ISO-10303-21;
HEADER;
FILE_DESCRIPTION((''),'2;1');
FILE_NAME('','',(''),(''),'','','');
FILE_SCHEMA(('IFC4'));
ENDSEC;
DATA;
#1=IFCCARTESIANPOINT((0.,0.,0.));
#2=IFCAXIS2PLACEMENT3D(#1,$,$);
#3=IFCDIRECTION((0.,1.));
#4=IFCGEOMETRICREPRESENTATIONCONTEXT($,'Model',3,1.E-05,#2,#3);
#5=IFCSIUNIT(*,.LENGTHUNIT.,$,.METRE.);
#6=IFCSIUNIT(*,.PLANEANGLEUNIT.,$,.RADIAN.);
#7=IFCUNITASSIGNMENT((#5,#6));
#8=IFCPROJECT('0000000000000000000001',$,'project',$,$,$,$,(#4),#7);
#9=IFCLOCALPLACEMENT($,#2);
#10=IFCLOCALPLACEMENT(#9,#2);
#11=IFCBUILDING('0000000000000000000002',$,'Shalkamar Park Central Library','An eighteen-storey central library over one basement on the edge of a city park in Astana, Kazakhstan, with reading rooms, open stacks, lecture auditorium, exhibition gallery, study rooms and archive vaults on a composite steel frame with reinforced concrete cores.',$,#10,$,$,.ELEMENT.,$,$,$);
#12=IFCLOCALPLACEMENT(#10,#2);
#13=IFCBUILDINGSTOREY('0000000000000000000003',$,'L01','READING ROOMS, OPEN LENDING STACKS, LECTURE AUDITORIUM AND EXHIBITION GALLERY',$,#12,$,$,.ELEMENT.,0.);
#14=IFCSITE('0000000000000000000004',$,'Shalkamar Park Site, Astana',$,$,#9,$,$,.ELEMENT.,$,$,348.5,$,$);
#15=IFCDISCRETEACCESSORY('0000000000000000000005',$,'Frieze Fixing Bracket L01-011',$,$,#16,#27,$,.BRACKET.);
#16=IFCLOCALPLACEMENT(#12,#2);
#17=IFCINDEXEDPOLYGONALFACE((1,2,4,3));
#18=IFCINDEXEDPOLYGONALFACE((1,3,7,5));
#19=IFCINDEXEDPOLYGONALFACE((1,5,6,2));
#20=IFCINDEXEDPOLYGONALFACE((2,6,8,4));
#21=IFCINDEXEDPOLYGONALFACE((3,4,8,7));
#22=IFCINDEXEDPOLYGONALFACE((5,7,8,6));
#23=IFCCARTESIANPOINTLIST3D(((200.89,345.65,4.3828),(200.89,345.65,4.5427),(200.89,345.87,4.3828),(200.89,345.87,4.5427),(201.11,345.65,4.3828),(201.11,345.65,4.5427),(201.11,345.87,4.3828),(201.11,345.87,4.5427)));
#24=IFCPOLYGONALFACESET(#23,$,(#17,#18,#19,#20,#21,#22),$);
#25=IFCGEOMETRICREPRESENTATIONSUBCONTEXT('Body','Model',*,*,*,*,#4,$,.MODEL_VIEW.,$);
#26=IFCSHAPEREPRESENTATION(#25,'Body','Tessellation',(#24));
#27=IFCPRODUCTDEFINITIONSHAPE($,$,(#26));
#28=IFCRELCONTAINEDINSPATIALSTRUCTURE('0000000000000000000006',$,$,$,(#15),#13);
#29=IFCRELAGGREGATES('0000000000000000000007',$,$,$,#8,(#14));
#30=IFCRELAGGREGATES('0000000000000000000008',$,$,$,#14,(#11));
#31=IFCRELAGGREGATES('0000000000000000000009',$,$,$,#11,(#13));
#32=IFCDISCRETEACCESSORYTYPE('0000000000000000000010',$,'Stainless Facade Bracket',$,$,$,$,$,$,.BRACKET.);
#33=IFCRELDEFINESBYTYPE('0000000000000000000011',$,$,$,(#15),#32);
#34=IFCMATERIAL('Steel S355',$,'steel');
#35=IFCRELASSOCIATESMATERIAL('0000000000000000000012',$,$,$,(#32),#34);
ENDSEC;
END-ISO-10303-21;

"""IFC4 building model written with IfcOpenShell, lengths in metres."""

from ifc_helpers import new_model, si_unit, direction, frame, origin, origin_2d, place, context, subcontext, project, spatial, rectangle, extrude, material, type_object, element, save


model = new_model("IFC4")

# Units and contexts
model_context = context("Model", 3, precision=1e-05, world=origin(), true_north=direction((0.0, 1.0)))
body_context = subcontext(model_context, "Body", "Model", "MODEL_VIEW")
ifc_project = project(units=[si_unit("LENGTHUNIT", "METRE"), si_unit("PLANEANGLEUNIT", "RADIAN")], contexts=[model_context])

# Site, building, storey
site_placement = place(None, origin())
site = spatial("IfcSite", under=ifc_project, at=site_placement, Name="Shalkamar Park Site, Astana", CompositionType="ELEMENT", RefElevation=348.5)
building_placement = place(site_placement, origin())
building = spatial("IfcBuilding", under=site, at=building_placement, Name="Shalkamar Park Central Library", Description="An eighteen-storey central library over one basement on the edge of a city park in Astana, Kazakhstan, with reading rooms, open stacks, lecture auditorium, exhibition gallery, study rooms and archive vaults on a composite steel frame with reinforced concrete cores.", CompositionType="ELEMENT")
storey_placement = place(building_placement, origin())
storey = spatial("IfcBuildingStorey", under=building, at=storey_placement, Name="L01", Description="READING ROOMS, OPEN LENDING STACKS, LECTURE AUDITORIUM AND EXHIBITION GALLERY", CompositionType="ELEMENT", Elevation=0.0)

# Shared definitions
ifc_material_1 = material(Name="Steel S355", Category="steel")

# Discrete accessory
discrete_accessory_type = type_object("IfcDiscreteAccessoryType", Name="Stainless Facade Bracket", PredefinedType="BRACKET", material=ifc_material_1)
discrete_accessory_placement = place(storey_placement, frame((201.0, 345.76, 4.3828), z_axis=(0.0, 0.0, 1.0), x_axis=(1.0, 0.0, 0.0)))
element("IfcDiscreteAccessory", 1, at=discrete_accessory_placement, inside=storey, type_object=discrete_accessory_type, Name="Frieze Fixing Bracket L01-011", PredefinedType="BRACKET", context=body_context, shape_type="SweptSolid", body=[
    extrude(rectangle(XDim=0.22, YDim=0.22, at=origin_2d()), origin(), (0.0, 0.0, 1.0), 0.1599),
])

save(model, "model.ifc")
